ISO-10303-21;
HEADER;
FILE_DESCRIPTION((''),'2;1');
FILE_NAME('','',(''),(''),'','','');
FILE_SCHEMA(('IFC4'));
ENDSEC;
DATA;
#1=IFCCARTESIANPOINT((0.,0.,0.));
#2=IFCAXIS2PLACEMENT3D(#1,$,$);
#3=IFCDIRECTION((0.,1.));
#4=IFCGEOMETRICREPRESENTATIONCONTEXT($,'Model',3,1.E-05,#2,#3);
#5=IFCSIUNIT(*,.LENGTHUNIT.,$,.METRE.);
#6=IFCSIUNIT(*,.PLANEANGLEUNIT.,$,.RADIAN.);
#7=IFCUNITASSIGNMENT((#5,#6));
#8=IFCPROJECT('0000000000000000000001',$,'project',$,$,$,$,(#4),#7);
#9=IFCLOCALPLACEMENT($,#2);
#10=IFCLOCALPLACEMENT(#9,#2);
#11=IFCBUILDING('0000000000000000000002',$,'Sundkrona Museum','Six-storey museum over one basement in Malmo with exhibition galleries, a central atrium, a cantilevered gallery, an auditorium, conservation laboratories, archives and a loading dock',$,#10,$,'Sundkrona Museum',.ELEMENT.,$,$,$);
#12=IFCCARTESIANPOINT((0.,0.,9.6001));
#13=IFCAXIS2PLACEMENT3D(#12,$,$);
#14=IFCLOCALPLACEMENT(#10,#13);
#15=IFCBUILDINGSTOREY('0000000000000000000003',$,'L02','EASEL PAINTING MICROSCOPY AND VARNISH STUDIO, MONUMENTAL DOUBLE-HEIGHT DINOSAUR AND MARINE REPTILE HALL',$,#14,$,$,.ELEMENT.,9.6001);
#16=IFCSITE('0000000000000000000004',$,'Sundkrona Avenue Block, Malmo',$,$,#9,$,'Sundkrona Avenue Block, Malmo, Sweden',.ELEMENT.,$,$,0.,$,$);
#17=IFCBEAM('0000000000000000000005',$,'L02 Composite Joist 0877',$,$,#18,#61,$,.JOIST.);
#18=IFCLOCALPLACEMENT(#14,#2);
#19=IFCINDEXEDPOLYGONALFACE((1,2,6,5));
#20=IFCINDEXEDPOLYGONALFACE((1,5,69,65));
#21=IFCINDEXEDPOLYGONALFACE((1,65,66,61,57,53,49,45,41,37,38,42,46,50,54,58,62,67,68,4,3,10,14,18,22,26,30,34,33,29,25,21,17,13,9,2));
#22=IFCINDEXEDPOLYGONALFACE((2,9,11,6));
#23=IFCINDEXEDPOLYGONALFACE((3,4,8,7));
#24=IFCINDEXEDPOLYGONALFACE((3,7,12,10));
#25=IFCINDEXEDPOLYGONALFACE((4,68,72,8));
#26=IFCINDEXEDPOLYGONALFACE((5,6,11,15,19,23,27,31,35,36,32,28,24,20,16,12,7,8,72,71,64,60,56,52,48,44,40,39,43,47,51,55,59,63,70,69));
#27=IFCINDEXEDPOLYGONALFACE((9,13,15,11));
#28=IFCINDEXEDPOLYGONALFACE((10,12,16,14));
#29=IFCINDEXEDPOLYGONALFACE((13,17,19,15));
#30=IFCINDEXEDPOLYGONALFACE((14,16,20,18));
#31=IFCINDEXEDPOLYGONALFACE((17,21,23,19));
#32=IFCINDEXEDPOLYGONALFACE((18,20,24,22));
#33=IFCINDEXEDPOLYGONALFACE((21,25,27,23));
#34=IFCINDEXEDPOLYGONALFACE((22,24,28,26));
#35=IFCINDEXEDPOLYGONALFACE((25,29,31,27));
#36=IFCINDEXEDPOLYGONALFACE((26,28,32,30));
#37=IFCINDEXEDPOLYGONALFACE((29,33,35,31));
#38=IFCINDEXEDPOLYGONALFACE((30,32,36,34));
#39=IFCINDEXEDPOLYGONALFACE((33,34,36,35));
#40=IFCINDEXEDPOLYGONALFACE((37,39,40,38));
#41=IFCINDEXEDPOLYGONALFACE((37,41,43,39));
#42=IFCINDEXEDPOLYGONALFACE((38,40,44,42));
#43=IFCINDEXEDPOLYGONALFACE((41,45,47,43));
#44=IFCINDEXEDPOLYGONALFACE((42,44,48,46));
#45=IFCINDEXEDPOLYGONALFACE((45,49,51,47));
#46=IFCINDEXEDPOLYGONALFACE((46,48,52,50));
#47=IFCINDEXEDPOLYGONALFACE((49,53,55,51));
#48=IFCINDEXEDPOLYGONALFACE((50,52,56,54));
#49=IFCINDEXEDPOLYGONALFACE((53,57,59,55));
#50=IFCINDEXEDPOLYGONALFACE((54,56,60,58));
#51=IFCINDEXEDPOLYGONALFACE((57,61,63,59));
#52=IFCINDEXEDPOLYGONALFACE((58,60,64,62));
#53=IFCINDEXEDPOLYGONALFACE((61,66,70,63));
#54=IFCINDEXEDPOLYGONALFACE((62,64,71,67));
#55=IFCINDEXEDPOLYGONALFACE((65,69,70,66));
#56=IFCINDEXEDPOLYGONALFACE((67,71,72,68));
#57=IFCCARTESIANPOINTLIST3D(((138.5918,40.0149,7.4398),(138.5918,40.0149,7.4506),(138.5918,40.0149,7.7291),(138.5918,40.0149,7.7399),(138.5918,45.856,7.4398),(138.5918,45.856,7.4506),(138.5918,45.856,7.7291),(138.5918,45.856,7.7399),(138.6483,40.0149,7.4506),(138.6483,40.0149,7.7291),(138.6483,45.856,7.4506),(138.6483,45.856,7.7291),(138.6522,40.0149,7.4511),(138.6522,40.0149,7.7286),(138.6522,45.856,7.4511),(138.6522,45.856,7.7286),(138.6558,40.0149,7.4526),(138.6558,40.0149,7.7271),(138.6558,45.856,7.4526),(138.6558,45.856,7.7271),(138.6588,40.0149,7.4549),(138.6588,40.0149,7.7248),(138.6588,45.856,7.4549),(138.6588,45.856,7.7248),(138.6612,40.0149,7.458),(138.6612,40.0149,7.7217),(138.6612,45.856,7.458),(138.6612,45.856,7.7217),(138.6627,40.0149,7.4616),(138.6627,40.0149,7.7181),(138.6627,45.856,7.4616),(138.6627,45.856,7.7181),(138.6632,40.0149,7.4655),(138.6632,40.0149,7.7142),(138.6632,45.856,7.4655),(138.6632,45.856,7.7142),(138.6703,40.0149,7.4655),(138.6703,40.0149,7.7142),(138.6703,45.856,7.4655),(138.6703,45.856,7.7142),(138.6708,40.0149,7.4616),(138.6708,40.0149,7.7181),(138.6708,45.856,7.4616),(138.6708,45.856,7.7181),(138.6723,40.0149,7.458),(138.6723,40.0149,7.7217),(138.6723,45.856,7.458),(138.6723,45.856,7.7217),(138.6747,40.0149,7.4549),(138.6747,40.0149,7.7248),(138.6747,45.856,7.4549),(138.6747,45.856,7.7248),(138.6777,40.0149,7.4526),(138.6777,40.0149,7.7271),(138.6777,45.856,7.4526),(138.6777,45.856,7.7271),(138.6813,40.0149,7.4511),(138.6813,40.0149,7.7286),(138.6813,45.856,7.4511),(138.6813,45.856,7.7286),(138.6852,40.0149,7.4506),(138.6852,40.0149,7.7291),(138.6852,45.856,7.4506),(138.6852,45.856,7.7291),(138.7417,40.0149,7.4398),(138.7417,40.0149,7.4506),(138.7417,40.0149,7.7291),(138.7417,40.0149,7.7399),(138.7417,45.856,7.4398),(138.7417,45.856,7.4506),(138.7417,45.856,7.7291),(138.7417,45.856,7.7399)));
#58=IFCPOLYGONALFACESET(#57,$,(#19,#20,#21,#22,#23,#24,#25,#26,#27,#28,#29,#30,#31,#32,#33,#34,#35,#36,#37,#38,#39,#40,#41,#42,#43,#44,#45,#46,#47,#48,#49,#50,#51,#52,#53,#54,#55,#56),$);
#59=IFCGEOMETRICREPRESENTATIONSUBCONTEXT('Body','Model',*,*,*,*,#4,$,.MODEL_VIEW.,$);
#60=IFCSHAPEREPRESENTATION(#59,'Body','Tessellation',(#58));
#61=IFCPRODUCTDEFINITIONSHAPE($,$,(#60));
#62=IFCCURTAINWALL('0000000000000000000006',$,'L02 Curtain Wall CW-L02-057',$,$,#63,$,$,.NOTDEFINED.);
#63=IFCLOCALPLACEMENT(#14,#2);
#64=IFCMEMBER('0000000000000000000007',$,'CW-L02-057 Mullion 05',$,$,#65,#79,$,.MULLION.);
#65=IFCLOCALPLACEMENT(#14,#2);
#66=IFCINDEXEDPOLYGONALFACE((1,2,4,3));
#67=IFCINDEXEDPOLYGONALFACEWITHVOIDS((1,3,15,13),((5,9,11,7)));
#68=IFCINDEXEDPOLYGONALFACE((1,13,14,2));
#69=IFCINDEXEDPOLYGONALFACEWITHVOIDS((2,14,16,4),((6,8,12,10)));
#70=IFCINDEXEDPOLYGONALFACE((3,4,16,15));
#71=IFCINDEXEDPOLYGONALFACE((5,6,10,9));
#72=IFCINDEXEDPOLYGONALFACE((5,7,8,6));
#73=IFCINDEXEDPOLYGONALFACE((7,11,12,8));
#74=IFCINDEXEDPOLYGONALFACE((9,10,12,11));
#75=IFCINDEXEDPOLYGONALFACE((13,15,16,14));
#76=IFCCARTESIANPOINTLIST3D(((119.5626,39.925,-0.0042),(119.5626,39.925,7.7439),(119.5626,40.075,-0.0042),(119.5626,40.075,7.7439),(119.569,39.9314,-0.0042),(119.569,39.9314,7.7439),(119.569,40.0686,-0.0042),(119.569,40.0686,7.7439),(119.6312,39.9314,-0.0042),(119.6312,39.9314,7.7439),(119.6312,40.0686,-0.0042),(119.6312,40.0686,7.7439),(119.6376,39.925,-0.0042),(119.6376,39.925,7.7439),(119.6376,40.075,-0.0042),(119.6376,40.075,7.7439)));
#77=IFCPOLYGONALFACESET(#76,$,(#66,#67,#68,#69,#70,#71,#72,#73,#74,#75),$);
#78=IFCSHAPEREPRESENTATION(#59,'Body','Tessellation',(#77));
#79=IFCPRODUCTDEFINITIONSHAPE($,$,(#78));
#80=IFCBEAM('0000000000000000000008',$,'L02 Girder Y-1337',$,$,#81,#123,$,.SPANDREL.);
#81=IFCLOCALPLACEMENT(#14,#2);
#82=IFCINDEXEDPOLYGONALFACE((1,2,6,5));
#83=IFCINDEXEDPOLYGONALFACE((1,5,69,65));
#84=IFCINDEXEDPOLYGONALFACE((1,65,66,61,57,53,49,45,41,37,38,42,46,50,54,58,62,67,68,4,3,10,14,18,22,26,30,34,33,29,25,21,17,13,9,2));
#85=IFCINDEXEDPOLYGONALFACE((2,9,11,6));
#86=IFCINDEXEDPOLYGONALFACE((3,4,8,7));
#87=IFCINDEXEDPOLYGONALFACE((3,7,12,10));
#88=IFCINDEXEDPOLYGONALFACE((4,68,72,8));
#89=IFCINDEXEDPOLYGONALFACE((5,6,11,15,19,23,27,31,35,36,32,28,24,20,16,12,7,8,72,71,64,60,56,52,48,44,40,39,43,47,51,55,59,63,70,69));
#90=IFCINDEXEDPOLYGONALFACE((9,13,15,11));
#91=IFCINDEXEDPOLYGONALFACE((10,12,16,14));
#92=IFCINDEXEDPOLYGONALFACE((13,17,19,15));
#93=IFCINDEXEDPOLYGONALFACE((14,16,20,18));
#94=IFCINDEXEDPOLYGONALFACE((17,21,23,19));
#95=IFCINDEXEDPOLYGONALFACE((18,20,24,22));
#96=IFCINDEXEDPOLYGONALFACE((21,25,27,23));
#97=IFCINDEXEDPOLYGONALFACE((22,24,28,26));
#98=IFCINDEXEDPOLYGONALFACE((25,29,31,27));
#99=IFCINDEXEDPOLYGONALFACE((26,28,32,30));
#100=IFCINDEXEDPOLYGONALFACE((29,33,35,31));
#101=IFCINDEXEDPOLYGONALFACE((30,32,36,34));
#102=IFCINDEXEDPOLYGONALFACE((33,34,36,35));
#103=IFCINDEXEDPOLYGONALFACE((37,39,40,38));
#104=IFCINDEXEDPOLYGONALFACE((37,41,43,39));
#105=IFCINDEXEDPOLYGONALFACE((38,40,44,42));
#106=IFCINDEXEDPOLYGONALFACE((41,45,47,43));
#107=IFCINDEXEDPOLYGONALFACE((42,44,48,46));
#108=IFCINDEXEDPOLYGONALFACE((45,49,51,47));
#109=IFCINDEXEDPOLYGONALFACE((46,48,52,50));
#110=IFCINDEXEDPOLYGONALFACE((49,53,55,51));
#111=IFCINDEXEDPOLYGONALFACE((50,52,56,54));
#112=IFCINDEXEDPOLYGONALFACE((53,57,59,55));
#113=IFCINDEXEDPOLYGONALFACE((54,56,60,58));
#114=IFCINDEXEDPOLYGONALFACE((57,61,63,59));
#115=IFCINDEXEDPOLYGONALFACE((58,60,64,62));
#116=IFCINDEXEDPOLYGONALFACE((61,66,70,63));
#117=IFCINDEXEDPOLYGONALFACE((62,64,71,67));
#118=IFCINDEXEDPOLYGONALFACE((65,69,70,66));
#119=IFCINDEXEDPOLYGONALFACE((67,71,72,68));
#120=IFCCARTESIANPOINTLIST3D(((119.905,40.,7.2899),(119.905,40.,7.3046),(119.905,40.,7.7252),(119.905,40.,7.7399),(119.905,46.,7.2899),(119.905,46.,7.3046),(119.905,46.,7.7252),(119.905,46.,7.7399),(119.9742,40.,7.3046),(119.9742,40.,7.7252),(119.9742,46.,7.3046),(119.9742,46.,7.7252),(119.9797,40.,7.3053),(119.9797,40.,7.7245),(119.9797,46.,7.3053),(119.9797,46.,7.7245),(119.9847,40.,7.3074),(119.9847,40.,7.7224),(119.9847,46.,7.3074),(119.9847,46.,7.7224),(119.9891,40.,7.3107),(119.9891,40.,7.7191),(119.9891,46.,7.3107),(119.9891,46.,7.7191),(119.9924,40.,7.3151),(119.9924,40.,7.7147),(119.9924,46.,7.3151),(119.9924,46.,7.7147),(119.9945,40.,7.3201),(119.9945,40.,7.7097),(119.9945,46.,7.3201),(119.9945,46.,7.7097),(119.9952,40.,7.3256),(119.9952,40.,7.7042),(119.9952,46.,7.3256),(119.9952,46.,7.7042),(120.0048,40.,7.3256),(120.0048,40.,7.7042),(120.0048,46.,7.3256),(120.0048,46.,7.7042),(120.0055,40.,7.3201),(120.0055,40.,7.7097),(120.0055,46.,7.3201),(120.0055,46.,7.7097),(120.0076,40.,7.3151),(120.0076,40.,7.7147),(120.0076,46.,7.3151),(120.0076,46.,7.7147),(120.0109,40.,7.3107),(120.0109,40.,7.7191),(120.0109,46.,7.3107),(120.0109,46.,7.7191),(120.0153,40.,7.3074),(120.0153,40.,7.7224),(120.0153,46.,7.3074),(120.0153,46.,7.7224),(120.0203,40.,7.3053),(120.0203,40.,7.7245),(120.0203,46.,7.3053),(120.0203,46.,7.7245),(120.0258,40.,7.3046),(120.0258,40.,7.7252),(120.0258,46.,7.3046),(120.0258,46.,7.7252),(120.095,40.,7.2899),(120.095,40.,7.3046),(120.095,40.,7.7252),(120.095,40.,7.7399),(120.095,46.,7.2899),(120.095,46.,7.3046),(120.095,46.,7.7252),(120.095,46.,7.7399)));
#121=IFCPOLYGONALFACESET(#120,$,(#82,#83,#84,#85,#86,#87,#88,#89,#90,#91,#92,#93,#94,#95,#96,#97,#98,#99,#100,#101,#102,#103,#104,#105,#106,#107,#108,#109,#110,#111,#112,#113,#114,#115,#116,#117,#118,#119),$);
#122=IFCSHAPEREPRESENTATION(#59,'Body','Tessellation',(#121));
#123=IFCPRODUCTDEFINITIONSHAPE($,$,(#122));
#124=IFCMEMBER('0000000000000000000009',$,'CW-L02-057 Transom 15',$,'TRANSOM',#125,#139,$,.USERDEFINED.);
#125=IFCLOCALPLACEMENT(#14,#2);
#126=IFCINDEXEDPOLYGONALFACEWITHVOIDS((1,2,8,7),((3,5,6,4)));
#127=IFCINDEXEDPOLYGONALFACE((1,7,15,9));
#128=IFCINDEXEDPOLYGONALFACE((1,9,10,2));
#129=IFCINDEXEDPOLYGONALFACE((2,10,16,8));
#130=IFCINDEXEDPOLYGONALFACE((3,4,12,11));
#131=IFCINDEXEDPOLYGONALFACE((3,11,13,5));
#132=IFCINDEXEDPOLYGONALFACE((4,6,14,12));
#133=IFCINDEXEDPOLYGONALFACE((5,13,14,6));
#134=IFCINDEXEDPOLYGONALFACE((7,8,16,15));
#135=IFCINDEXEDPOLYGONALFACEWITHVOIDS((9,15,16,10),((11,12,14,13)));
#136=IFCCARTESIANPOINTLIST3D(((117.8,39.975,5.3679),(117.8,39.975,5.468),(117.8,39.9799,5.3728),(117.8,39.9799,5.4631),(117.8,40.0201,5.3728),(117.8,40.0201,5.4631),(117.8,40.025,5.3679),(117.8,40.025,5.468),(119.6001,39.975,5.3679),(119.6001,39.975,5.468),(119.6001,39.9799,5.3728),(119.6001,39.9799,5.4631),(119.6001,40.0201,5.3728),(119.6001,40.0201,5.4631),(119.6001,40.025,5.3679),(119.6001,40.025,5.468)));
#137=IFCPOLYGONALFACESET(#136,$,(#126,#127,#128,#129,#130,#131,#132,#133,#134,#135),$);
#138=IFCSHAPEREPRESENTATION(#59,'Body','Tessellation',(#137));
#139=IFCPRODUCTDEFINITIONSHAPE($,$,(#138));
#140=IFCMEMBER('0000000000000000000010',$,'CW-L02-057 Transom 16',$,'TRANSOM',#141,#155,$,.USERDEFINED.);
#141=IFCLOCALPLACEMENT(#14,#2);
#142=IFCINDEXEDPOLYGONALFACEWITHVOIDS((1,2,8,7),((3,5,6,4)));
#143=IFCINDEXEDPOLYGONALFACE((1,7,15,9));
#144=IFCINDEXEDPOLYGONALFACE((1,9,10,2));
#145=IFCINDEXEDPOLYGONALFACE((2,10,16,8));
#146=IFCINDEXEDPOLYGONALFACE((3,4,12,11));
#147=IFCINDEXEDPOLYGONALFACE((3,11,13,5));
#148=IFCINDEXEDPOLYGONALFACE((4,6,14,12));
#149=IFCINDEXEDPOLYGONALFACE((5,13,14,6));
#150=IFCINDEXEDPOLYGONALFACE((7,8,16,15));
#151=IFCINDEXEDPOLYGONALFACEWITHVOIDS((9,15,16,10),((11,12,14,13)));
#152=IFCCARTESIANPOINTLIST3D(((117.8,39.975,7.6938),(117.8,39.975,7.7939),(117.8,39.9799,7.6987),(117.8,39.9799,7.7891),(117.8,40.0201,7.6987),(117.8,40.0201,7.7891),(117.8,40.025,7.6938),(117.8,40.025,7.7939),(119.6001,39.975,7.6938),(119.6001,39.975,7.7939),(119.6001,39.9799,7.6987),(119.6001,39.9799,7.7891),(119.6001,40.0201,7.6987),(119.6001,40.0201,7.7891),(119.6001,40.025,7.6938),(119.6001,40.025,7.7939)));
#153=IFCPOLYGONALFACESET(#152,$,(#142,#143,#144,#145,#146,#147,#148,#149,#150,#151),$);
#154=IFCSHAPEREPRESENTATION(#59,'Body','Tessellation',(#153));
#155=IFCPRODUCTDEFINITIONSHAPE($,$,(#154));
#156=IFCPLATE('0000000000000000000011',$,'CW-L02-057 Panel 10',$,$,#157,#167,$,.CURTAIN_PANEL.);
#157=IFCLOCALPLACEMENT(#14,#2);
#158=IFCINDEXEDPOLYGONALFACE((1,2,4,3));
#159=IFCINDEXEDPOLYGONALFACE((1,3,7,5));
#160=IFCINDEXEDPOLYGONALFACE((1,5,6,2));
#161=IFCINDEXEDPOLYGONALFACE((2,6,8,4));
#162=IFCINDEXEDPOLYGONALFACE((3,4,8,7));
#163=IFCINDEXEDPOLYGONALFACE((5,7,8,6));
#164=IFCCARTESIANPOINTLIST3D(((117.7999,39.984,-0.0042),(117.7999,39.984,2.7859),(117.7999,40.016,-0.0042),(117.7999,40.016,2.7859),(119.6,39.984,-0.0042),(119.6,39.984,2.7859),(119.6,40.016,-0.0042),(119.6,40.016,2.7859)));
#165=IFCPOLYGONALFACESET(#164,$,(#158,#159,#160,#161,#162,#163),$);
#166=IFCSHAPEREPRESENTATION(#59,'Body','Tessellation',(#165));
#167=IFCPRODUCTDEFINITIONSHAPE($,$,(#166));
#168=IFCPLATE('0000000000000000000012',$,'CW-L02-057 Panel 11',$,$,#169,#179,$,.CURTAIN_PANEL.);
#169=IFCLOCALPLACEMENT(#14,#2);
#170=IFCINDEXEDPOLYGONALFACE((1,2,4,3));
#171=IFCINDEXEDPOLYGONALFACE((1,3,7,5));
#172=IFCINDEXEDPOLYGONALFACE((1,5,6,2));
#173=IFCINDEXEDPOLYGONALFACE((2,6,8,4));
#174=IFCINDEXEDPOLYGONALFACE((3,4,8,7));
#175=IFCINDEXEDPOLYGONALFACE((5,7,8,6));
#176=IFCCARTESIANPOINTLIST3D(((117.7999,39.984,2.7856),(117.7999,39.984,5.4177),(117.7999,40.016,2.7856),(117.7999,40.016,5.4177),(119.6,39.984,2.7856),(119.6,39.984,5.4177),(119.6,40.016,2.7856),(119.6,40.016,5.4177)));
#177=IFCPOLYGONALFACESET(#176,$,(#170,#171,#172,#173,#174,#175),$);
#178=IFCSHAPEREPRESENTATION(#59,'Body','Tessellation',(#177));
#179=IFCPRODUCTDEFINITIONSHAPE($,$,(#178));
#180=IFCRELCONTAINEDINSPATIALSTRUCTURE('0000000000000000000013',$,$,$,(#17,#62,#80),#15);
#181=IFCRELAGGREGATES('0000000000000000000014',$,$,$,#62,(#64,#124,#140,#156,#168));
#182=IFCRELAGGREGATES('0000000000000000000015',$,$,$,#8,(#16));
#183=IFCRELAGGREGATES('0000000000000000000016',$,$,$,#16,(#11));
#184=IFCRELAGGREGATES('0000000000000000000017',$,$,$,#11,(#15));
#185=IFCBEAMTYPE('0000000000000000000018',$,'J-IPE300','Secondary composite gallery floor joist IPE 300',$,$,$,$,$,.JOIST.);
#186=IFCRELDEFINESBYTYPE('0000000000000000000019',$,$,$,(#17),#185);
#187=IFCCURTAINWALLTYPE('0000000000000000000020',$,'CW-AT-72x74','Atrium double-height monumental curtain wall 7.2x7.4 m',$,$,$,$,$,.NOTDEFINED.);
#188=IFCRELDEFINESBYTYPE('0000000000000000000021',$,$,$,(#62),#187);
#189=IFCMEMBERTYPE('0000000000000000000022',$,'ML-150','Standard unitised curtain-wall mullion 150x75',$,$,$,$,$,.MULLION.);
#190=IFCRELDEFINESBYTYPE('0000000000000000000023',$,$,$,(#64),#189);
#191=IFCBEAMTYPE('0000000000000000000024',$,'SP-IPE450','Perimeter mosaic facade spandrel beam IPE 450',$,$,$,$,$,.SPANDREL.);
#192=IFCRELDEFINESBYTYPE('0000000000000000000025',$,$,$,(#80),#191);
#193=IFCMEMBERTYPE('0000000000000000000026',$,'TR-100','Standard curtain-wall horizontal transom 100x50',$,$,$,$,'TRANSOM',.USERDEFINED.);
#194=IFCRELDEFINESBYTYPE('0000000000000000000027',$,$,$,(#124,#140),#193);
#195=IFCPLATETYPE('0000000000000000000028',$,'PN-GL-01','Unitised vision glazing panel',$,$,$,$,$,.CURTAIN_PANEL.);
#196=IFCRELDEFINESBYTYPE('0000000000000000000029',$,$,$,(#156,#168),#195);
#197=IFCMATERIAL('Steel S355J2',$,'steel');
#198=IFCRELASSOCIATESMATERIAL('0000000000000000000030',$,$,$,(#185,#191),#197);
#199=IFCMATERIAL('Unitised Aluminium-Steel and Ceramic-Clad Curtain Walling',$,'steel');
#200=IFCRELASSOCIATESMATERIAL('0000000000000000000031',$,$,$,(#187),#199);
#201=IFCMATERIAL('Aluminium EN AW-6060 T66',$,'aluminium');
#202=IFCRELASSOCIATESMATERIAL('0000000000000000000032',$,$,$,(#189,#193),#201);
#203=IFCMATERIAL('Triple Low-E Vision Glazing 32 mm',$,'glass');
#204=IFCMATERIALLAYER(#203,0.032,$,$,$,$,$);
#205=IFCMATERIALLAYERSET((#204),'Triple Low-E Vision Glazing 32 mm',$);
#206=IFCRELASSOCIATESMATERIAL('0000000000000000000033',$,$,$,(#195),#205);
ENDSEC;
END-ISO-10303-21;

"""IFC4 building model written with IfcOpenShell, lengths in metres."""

from ifc_helpers import new_model, si_unit, direction, frame, origin, origin_2d, place, context, subcontext, project, spatial, rectangle, hollow_rectangle, i_section, extrude, material, layer, layer_set, material_profile, profile_set, type_object, element, aggregate, save


model = new_model("IFC4")

# Units and contexts
model_context = context("Model", 3, precision=1e-05, world=origin(), true_north=direction((0.0, 1.0)))
body_context = subcontext(model_context, "Body", "Model", "MODEL_VIEW")
ifc_project = project(units=[si_unit("LENGTHUNIT", "METRE"), si_unit("PLANEANGLEUNIT", "RADIAN")], contexts=[model_context])

# Site, building, storey
site_placement = place(None, origin())
site = spatial("IfcSite", under=ifc_project, at=site_placement, Name="Sundkrona Avenue Block, Malmo", LongName="Sundkrona Avenue Block, Malmo, Sweden", CompositionType="ELEMENT", RefElevation=0.0)
building_placement = place(site_placement, origin())
building = spatial("IfcBuilding", under=site, at=building_placement, Name="Sundkrona Museum", Description="Six-storey museum over one basement in Malmo with exhibition galleries, a central atrium, a cantilevered gallery, an auditorium, conservation laboratories, archives and a loading dock", LongName="Sundkrona Museum", CompositionType="ELEMENT")
storey_placement = place(building_placement, frame((0.0, 0.0, 9.6001)))
storey = spatial("IfcBuildingStorey", under=building, at=storey_placement, Name="L02", Description="EASEL PAINTING MICROSCOPY AND VARNISH STUDIO, MONUMENTAL DOUBLE-HEIGHT DINOSAUR AND MARINE REPTILE HALL", CompositionType="ELEMENT", Elevation=9.6001)

# Shared definitions
ifc_material_1 = material(Name="Steel S355J2", Category="steel")

# Beam
ifc_material_profile_1 = material_profile(ifc_material_1, i_section(OverallWidth=0.1499, OverallDepth=0.3, WebThickness=0.0071, FlangeThickness=0.0107, FilletRadius=0.0149, at=origin_2d()), Name="IPE 300")
ifc_profile_set_1 = profile_set([ifc_material_profile_1], Name="Steel S355J2")
beam_type_1 = type_object("IfcBeamType", Name="J-IPE300", Description="Secondary composite gallery floor joist IPE 300", PredefinedType="JOIST", material=ifc_profile_set_1)
beam_1_placement = place(storey_placement, frame((138.6667, 40.0149, 7.5898), z_axis=(0.0, 1.0, 0.0), x_axis=(-1.0, 0.0, 0.0)))
element("IfcBeam", 1, at=beam_1_placement, inside=storey, type_object=beam_type_1, Name="L02 Composite Joist 0877", PredefinedType="JOIST", context=body_context, shape_type="SweptSolid", body=[
    extrude(i_section(OverallWidth=0.1499, OverallDepth=0.3, WebThickness=0.0071, FlangeThickness=0.0107, FilletRadius=0.0149, at=origin_2d()), origin(), (0.0, 0.0, 1.0), 5.8411),
])

# Curtain wall, member
ifc_material_2 = material(Name="Unitised Aluminium-Steel and Ceramic-Clad Curtain Walling", Category="steel")
curtain_wall_type = type_object("IfcCurtainWallType", Name="CW-AT-72x74", Description="Atrium double-height monumental curtain wall 7.2x7.4 m", PredefinedType="NOTDEFINED", material=ifc_material_2)
curtain_wall_placement = place(storey_placement, origin())
curtain_wall = element("IfcCurtainWall", 2, at=curtain_wall_placement, inside=storey, type_object=curtain_wall_type, Name="L02 Curtain Wall CW-L02-057", PredefinedType="NOTDEFINED")
ifc_material_3 = material(Name="Aluminium EN AW-6060 T66", Category="aluminium")
ifc_material_profile_2 = material_profile(ifc_material_3, hollow_rectangle(XDim=0.075, YDim=0.1499, WallThickness=0.0063, at=origin_2d()), Name="RHS 150x75x6.3")
ifc_profile_set_2 = profile_set([ifc_material_profile_2], Name="Aluminium EN AW-6060 T66")
member_type_1 = type_object("IfcMemberType", Name="ML-150", Description="Standard unitised curtain-wall mullion 150x75", PredefinedType="MULLION", material=ifc_profile_set_2)
member_1_placement = place(storey_placement, frame((119.6001, 40.0, -0.0042), z_axis=(0.0, 0.0, 1.0), x_axis=(1.0, 0.0, 0.0)))
member_1 = element("IfcMember", 3, at=member_1_placement, type_object=member_type_1, Name="CW-L02-057 Mullion 05", PredefinedType="MULLION", context=body_context, shape_type="SweptSolid", body=[
    extrude(hollow_rectangle(XDim=0.075, YDim=0.1499, WallThickness=0.0063, at=origin_2d()), origin(), (0.0, 0.0, 1.0), 7.748),
])

# Beam
ifc_material_profile_3 = material_profile(ifc_material_1, i_section(OverallWidth=0.1899, OverallDepth=0.45, WebThickness=0.0095, FlangeThickness=0.0146, FilletRadius=0.021, at=origin_2d()), Name="IPE 450")
ifc_profile_set_3 = profile_set([ifc_material_profile_3], Name="Steel S355J2")
beam_type_2 = type_object("IfcBeamType", Name="SP-IPE450", Description="Perimeter mosaic facade spandrel beam IPE 450", PredefinedType="SPANDREL", material=ifc_profile_set_3)
beam_2_placement = place(storey_placement, frame((120.0, 40.0, 7.5149), z_axis=(0.0, 1.0, 0.0), x_axis=(-1.0, 0.0, 0.0)))
element("IfcBeam", 4, at=beam_2_placement, inside=storey, type_object=beam_type_2, Name="L02 Girder Y-1337", PredefinedType="SPANDREL", context=body_context, shape_type="SweptSolid", body=[
    extrude(i_section(OverallWidth=0.1899, OverallDepth=0.45, WebThickness=0.0095, FlangeThickness=0.0146, FilletRadius=0.021, at=origin_2d()), origin(), (0.0, 0.0, 1.0), 6.0),
])

# Members
ifc_material_profile_4 = material_profile(ifc_material_3, hollow_rectangle(XDim=0.05, YDim=0.1001, WallThickness=0.0049, at=origin_2d()), Name="RHS 100x50x5.0")
ifc_profile_set_4 = profile_set([ifc_material_profile_4], Name="Aluminium EN AW-6060 T66")
member_type_2 = type_object("IfcMemberType", Name="TR-100", Description="Standard curtain-wall horizontal transom 100x50", ElementType="TRANSOM", PredefinedType="USERDEFINED", material=ifc_profile_set_4)
member_2_placement = place(storey_placement, frame((117.8, 40.0, 5.418), z_axis=(1.0, 0.0, 0.0), x_axis=(0.0, 1.0, 0.0)))
member_2 = element("IfcMember", 5, at=member_2_placement, type_object=member_type_2, Name="CW-L02-057 Transom 15", ObjectType="TRANSOM", PredefinedType="USERDEFINED", context=body_context, shape_type="SweptSolid", body=[
    extrude(hollow_rectangle(XDim=0.05, YDim=0.1001, WallThickness=0.0049, at=origin_2d()), origin(), (0.0, 0.0, 1.0), 1.8),
])
member_3_placement = place(storey_placement, frame((117.8, 40.0, 7.7439), z_axis=(1.0, 0.0, 0.0), x_axis=(0.0, 1.0, 0.0)))
member_3 = element("IfcMember", 6, at=member_3_placement, type_object=member_type_2, Name="CW-L02-057 Transom 16", ObjectType="TRANSOM", PredefinedType="USERDEFINED", context=body_context, shape_type="SweptSolid", body=[
    extrude(hollow_rectangle(XDim=0.05, YDim=0.1001, WallThickness=0.0049, at=origin_2d()), origin(), (0.0, 0.0, 1.0), 1.8),
])

# Plates
ifc_material_4 = material(Name="Triple Low-E Vision Glazing 32 mm", Category="glass")
ifc_layer_1 = layer(ifc_material_4, 0.032)
ifc_layer_set_1 = layer_set([ifc_layer_1], Name="Triple Low-E Vision Glazing 32 mm")
plate_type = type_object("IfcPlateType", Name="PN-GL-01", Description="Unitised vision glazing panel", PredefinedType="CURTAIN_PANEL", material=ifc_layer_set_1)
plate_1_placement = place(storey_placement, frame((118.7, 40.0, -0.0042), z_axis=(0.0, 0.0, 1.0), x_axis=(1.0, 0.0, 0.0)))
plate_1 = element("IfcPlate", 7, at=plate_1_placement, type_object=plate_type, Name="CW-L02-057 Panel 10", PredefinedType="CURTAIN_PANEL", context=body_context, shape_type="SweptSolid", body=[
    extrude(rectangle(XDim=1.8, YDim=0.032, at=origin_2d()), origin(), (0.0, 0.0, 1.0), 2.79),
])
plate_2_placement = place(storey_placement, frame((118.7, 40.0, 2.7856), z_axis=(0.0, 0.0, 1.0), x_axis=(1.0, 0.0, 0.0)))
plate_2 = element("IfcPlate", 8, at=plate_2_placement, type_object=plate_type, Name="CW-L02-057 Panel 11", PredefinedType="CURTAIN_PANEL", context=body_context, shape_type="SweptSolid", body=[
    extrude(rectangle(XDim=1.8, YDim=0.032, at=origin_2d()), origin(), (0.0, 0.0, 1.0), 2.6321),
])
aggregate(curtain_wall, [member_1, member_2, member_3, plate_1, plate_2])

save(model, "model.ifc")
